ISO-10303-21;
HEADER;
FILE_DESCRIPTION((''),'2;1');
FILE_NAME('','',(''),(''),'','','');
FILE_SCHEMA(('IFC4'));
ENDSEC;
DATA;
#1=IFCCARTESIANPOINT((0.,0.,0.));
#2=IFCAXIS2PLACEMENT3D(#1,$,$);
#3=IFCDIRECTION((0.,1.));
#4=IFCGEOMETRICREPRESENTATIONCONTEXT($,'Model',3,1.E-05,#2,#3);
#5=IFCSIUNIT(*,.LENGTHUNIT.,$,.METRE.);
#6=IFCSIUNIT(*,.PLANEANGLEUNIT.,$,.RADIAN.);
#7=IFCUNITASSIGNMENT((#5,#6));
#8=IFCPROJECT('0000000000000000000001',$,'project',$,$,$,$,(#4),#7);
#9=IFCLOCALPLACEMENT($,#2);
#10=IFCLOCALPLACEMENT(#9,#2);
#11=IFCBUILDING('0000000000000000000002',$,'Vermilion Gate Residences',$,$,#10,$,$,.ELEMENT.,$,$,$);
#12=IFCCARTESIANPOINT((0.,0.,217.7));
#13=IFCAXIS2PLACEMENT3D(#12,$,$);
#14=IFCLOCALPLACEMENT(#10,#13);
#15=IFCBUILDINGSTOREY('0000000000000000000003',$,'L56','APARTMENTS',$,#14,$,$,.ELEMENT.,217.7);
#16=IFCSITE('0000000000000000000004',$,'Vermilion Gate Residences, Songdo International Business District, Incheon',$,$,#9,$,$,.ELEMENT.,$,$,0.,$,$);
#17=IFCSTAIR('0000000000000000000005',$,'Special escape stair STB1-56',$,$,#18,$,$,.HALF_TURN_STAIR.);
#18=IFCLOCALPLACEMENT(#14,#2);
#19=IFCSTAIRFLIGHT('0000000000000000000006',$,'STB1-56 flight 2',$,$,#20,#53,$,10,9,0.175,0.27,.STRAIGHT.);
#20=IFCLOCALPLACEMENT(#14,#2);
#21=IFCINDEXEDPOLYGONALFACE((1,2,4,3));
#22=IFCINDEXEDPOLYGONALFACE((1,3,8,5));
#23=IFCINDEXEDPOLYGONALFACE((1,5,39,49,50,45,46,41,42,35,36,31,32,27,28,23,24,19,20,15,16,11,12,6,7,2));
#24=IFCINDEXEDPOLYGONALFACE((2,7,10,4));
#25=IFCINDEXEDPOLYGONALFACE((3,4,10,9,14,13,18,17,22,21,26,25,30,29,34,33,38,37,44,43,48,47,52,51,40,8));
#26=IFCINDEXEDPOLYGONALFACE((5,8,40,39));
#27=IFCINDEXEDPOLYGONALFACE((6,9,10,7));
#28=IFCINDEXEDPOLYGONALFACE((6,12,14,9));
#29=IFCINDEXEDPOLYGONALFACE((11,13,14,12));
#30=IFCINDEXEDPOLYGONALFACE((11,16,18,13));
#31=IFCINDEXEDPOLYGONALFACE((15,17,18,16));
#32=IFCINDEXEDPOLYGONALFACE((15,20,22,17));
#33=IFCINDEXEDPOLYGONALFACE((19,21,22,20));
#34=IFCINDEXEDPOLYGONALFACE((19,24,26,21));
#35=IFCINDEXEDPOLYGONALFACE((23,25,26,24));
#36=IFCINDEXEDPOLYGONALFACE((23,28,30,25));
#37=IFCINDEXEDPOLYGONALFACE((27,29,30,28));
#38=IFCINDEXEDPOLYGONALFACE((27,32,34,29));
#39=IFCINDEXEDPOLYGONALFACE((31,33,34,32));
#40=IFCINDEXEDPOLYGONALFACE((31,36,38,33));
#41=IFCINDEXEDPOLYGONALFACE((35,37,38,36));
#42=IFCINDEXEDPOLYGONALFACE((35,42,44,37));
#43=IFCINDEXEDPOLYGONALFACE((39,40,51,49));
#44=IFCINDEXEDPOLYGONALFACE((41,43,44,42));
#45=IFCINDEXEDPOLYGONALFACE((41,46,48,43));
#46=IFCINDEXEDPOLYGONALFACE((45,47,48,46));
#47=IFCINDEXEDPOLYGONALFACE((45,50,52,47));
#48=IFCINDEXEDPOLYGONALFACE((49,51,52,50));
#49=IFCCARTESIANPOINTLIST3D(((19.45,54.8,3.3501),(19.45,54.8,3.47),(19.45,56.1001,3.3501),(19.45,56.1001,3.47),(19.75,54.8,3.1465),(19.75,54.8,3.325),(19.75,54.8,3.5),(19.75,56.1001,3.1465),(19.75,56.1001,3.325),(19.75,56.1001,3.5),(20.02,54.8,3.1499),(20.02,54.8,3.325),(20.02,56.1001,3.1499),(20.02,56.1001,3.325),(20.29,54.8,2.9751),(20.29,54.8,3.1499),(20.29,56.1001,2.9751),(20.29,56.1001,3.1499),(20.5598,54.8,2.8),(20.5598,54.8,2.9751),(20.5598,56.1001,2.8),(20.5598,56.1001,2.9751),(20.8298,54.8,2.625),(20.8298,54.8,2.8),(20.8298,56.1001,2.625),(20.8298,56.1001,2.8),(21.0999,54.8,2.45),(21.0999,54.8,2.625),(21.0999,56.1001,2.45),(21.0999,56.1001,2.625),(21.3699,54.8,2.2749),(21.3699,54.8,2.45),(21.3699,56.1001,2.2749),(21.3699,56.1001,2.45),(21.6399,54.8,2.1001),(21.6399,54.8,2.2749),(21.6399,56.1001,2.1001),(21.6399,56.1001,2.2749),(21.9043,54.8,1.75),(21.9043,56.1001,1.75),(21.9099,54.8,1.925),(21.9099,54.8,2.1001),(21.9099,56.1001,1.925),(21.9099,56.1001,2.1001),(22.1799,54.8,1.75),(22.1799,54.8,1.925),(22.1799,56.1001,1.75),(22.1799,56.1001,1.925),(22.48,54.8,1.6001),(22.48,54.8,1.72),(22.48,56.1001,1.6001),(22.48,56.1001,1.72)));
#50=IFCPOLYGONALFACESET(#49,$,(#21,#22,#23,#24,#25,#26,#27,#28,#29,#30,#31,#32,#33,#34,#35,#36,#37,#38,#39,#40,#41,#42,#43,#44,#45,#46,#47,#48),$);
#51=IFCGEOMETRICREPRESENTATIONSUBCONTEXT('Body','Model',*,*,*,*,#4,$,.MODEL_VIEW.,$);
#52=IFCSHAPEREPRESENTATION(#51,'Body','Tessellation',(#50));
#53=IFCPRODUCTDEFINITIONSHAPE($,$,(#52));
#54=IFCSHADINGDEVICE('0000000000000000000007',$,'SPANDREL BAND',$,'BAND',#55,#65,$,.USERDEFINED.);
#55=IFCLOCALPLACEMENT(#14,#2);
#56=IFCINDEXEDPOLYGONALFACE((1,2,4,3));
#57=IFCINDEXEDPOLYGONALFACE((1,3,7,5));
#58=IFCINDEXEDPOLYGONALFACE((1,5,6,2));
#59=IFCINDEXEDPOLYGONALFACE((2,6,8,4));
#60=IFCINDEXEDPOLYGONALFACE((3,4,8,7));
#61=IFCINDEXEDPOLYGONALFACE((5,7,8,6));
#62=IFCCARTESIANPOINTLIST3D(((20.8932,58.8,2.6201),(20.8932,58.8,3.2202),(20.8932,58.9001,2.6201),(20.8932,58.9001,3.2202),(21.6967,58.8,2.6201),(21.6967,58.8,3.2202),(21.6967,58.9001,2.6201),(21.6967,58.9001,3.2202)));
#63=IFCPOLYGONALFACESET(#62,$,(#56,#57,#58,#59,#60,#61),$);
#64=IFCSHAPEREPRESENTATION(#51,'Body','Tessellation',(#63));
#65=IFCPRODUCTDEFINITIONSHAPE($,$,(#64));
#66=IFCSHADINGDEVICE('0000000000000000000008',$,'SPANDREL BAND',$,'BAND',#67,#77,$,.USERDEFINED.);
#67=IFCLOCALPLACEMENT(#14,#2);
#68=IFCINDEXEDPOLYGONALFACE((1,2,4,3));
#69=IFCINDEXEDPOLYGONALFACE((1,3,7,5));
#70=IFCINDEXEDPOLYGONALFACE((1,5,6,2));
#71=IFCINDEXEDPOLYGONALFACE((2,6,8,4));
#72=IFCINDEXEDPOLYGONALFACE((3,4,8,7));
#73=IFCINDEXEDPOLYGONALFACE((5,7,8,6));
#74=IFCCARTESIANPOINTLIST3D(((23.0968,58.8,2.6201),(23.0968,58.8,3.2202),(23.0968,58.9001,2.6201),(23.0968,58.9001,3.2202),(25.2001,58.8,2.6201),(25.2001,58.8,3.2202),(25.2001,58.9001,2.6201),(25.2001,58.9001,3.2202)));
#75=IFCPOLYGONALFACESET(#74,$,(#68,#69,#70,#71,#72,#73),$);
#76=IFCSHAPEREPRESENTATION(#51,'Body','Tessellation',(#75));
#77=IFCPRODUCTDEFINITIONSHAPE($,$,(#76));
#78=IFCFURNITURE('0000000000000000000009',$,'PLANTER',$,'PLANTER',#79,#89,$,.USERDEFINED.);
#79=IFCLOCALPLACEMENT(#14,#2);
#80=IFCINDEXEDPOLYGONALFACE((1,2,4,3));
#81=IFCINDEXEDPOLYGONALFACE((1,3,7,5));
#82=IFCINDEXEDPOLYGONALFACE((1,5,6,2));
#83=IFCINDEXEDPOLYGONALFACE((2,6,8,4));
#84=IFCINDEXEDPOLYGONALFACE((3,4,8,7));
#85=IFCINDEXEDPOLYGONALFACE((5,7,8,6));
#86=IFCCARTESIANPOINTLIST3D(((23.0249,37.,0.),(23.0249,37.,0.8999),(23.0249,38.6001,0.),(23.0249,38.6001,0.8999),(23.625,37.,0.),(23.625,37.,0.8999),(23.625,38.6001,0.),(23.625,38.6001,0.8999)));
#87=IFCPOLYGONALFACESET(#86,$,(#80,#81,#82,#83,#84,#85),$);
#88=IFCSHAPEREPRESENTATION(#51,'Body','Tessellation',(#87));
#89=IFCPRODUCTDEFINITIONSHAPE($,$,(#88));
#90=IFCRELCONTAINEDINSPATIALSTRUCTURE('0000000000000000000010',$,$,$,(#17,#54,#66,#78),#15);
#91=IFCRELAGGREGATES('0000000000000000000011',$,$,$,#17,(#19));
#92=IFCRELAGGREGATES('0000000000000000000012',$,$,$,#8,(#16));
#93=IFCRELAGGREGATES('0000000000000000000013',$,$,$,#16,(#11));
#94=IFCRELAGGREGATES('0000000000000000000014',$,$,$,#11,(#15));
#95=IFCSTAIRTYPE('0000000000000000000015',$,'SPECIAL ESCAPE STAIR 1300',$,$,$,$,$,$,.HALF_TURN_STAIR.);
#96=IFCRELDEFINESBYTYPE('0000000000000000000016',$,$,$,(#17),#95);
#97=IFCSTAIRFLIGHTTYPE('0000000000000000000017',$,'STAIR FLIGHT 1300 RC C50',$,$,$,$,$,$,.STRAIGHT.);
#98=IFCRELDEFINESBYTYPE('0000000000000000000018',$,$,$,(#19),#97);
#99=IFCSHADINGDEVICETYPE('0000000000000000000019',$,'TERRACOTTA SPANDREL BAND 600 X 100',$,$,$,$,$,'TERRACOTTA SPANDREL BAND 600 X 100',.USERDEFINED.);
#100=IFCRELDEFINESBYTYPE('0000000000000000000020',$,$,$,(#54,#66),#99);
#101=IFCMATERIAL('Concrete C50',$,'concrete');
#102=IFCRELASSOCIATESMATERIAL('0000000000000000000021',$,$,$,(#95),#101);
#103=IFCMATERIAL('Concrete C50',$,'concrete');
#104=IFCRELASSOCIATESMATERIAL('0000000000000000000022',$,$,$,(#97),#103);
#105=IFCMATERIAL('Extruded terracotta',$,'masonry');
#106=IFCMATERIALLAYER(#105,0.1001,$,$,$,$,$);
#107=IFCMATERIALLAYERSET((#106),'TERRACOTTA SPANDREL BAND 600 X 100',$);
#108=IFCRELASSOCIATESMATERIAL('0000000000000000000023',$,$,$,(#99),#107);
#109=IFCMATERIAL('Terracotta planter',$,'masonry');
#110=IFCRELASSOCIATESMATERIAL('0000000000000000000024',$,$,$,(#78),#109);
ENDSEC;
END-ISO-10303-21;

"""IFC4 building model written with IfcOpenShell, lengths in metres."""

from ifc_helpers import new_model, si_unit, direction, frame, origin, origin_2d, place, context, subcontext, project, spatial, polyline, rectangle, outline, extrude, material, layer, layer_set, type_object, element, aggregate, save


model = new_model("IFC4")

# Units and contexts
model_context = context("Model", 3, precision=1e-05, world=origin(), true_north=direction((0.0, 1.0)))
body_context = subcontext(model_context, "Body", "Model", "MODEL_VIEW")
ifc_project = project(units=[si_unit("LENGTHUNIT", "METRE"), si_unit("PLANEANGLEUNIT", "RADIAN")], contexts=[model_context])

# Site, building, storey
site_placement = place(None, origin())
site = spatial("IfcSite", under=ifc_project, at=site_placement, Name="Vermilion Gate Residences, Songdo International Business District, Incheon", CompositionType="ELEMENT", RefElevation=0.0)
building_placement = place(site_placement, origin())
building = spatial("IfcBuilding", under=site, at=building_placement, Name="Vermilion Gate Residences", CompositionType="ELEMENT")
storey_placement = place(building_placement, frame((0.0, 0.0, 217.7)))
storey = spatial("IfcBuildingStorey", under=building, at=storey_placement, Name="L56", Description="APARTMENTS", CompositionType="ELEMENT", Elevation=217.7)

# Stair, stair flight
ifc_material_1 = material(Name="Concrete C50", Category="concrete")
stair_type = type_object("IfcStairType", Name="SPECIAL ESCAPE STAIR 1300", PredefinedType="HALF_TURN_STAIR", material=ifc_material_1)
stair_placement = place(storey_placement, origin())
stair = element("IfcStair", 1, at=stair_placement, inside=storey, type_object=stair_type, Name="Special escape stair STB1-56", PredefinedType="HALF_TURN_STAIR")
ifc_material_2 = material(Name="Concrete C50", Category="concrete")
stair_flight_type = type_object("IfcStairFlightType", Name="STAIR FLIGHT 1300 RC C50", PredefinedType="STRAIGHT", material=ifc_material_2)
stair_flight_placement = place(storey_placement, frame((22.1799, 55.45, 1.75), z_axis=(0.0, 0.0, 1.0), x_axis=(-1.0, 0.0, 0.0)))
stair_flight = element("IfcStairFlight", 2, at=stair_flight_placement, type_object=stair_flight_type, Name="STB1-56 flight 2", NumberOfRisers=10, NumberOfTreads=9, PredefinedType="STRAIGHT", RiserHeight=0.175, TreadLength=0.27, context=body_context, shape_type="SweptSolid", body=[
    extrude(outline(polyline([(-0.3, -0.1499), (-0.3, -0.03), (0.0, 0.0), (0.0, 0.175), (0.27, 0.175), (0.27, 0.3501), (0.54, 0.3501), (0.54, 0.5249), (0.8101, 0.5249), (0.8101, 0.7), (1.0801, 0.7), (1.0801, 0.875), (1.3501, 0.875), (1.3501, 1.05), (1.6201, 1.05), (1.6201, 1.2251), (1.8899, 1.2251), (1.8899, 1.3999), (2.1599, 1.3999), (2.1599, 1.575), (2.4299, 1.575), (2.4299, 1.75), (2.73, 1.72), (2.73, 1.6001), (2.4299, 1.3965), (0.2756, 0.0), (-0.3, -0.1499)])), frame((0.0, 0.6499, 0.0), z_axis=(0.0, -1.0, 0.0), x_axis=(1.0, 0.0, 0.0)), (0.0, 0.0, 1.0), 1.3),
])
aggregate(stair, [stair_flight])

# Shading devices
ifc_material_3 = material(Name="Extruded terracotta", Category="masonry")
ifc_layer_1 = layer(ifc_material_3, 0.1001)
ifc_layer_set_1 = layer_set([ifc_layer_1], Name="TERRACOTTA SPANDREL BAND 600 X 100")
shading_device_type = type_object("IfcShadingDeviceType", Name="TERRACOTTA SPANDREL BAND 600 X 100", ElementType="TERRACOTTA SPANDREL BAND 600 X 100", PredefinedType="USERDEFINED", material=ifc_layer_set_1)
shading_device_1_placement = place(storey_placement, frame((21.2949, 58.8501, 2.6201), z_axis=(0.0, 0.0, 1.0), x_axis=(1.0, 0.0, 0.0)))
element("IfcShadingDevice", 3, at=shading_device_1_placement, inside=storey, type_object=shading_device_type, Name="SPANDREL BAND", ObjectType="BAND", PredefinedType="USERDEFINED", context=body_context, shape_type="SweptSolid", body=[
    extrude(rectangle(XDim=0.8035, YDim=0.1001, at=origin_2d()), origin(), (0.0, 0.0, 1.0), 0.6001),
])
shading_device_2_placement = place(storey_placement, frame((24.1484, 58.8501, 2.6201), z_axis=(0.0, 0.0, 1.0), x_axis=(1.0, 0.0, 0.0)))
element("IfcShadingDevice", 4, at=shading_device_2_placement, inside=storey, type_object=shading_device_type, Name="SPANDREL BAND", ObjectType="BAND", PredefinedType="USERDEFINED", context=body_context, shape_type="SweptSolid", body=[
    extrude(rectangle(XDim=2.1033, YDim=0.1001, at=origin_2d()), origin(), (0.0, 0.0, 1.0), 0.6001),
])

# Furniture
ifc_material_4 = material(Name="Terracotta planter", Category="masonry")
furniture_placement = place(storey_placement, frame((23.325, 37.8, 0.0), z_axis=(0.0, 0.0, 1.0), x_axis=(0.0, 1.0, 0.0)))
element("IfcFurniture", 5, at=furniture_placement, inside=storey, material=ifc_material_4, Name="PLANTER", ObjectType="PLANTER", PredefinedType="USERDEFINED", context=body_context, shape_type="SweptSolid", body=[
    extrude(rectangle(XDim=1.6001, YDim=0.6001, at=origin_2d()), origin(), (0.0, 0.0, 1.0), 0.8999),
])

save(model, "model.ifc")
